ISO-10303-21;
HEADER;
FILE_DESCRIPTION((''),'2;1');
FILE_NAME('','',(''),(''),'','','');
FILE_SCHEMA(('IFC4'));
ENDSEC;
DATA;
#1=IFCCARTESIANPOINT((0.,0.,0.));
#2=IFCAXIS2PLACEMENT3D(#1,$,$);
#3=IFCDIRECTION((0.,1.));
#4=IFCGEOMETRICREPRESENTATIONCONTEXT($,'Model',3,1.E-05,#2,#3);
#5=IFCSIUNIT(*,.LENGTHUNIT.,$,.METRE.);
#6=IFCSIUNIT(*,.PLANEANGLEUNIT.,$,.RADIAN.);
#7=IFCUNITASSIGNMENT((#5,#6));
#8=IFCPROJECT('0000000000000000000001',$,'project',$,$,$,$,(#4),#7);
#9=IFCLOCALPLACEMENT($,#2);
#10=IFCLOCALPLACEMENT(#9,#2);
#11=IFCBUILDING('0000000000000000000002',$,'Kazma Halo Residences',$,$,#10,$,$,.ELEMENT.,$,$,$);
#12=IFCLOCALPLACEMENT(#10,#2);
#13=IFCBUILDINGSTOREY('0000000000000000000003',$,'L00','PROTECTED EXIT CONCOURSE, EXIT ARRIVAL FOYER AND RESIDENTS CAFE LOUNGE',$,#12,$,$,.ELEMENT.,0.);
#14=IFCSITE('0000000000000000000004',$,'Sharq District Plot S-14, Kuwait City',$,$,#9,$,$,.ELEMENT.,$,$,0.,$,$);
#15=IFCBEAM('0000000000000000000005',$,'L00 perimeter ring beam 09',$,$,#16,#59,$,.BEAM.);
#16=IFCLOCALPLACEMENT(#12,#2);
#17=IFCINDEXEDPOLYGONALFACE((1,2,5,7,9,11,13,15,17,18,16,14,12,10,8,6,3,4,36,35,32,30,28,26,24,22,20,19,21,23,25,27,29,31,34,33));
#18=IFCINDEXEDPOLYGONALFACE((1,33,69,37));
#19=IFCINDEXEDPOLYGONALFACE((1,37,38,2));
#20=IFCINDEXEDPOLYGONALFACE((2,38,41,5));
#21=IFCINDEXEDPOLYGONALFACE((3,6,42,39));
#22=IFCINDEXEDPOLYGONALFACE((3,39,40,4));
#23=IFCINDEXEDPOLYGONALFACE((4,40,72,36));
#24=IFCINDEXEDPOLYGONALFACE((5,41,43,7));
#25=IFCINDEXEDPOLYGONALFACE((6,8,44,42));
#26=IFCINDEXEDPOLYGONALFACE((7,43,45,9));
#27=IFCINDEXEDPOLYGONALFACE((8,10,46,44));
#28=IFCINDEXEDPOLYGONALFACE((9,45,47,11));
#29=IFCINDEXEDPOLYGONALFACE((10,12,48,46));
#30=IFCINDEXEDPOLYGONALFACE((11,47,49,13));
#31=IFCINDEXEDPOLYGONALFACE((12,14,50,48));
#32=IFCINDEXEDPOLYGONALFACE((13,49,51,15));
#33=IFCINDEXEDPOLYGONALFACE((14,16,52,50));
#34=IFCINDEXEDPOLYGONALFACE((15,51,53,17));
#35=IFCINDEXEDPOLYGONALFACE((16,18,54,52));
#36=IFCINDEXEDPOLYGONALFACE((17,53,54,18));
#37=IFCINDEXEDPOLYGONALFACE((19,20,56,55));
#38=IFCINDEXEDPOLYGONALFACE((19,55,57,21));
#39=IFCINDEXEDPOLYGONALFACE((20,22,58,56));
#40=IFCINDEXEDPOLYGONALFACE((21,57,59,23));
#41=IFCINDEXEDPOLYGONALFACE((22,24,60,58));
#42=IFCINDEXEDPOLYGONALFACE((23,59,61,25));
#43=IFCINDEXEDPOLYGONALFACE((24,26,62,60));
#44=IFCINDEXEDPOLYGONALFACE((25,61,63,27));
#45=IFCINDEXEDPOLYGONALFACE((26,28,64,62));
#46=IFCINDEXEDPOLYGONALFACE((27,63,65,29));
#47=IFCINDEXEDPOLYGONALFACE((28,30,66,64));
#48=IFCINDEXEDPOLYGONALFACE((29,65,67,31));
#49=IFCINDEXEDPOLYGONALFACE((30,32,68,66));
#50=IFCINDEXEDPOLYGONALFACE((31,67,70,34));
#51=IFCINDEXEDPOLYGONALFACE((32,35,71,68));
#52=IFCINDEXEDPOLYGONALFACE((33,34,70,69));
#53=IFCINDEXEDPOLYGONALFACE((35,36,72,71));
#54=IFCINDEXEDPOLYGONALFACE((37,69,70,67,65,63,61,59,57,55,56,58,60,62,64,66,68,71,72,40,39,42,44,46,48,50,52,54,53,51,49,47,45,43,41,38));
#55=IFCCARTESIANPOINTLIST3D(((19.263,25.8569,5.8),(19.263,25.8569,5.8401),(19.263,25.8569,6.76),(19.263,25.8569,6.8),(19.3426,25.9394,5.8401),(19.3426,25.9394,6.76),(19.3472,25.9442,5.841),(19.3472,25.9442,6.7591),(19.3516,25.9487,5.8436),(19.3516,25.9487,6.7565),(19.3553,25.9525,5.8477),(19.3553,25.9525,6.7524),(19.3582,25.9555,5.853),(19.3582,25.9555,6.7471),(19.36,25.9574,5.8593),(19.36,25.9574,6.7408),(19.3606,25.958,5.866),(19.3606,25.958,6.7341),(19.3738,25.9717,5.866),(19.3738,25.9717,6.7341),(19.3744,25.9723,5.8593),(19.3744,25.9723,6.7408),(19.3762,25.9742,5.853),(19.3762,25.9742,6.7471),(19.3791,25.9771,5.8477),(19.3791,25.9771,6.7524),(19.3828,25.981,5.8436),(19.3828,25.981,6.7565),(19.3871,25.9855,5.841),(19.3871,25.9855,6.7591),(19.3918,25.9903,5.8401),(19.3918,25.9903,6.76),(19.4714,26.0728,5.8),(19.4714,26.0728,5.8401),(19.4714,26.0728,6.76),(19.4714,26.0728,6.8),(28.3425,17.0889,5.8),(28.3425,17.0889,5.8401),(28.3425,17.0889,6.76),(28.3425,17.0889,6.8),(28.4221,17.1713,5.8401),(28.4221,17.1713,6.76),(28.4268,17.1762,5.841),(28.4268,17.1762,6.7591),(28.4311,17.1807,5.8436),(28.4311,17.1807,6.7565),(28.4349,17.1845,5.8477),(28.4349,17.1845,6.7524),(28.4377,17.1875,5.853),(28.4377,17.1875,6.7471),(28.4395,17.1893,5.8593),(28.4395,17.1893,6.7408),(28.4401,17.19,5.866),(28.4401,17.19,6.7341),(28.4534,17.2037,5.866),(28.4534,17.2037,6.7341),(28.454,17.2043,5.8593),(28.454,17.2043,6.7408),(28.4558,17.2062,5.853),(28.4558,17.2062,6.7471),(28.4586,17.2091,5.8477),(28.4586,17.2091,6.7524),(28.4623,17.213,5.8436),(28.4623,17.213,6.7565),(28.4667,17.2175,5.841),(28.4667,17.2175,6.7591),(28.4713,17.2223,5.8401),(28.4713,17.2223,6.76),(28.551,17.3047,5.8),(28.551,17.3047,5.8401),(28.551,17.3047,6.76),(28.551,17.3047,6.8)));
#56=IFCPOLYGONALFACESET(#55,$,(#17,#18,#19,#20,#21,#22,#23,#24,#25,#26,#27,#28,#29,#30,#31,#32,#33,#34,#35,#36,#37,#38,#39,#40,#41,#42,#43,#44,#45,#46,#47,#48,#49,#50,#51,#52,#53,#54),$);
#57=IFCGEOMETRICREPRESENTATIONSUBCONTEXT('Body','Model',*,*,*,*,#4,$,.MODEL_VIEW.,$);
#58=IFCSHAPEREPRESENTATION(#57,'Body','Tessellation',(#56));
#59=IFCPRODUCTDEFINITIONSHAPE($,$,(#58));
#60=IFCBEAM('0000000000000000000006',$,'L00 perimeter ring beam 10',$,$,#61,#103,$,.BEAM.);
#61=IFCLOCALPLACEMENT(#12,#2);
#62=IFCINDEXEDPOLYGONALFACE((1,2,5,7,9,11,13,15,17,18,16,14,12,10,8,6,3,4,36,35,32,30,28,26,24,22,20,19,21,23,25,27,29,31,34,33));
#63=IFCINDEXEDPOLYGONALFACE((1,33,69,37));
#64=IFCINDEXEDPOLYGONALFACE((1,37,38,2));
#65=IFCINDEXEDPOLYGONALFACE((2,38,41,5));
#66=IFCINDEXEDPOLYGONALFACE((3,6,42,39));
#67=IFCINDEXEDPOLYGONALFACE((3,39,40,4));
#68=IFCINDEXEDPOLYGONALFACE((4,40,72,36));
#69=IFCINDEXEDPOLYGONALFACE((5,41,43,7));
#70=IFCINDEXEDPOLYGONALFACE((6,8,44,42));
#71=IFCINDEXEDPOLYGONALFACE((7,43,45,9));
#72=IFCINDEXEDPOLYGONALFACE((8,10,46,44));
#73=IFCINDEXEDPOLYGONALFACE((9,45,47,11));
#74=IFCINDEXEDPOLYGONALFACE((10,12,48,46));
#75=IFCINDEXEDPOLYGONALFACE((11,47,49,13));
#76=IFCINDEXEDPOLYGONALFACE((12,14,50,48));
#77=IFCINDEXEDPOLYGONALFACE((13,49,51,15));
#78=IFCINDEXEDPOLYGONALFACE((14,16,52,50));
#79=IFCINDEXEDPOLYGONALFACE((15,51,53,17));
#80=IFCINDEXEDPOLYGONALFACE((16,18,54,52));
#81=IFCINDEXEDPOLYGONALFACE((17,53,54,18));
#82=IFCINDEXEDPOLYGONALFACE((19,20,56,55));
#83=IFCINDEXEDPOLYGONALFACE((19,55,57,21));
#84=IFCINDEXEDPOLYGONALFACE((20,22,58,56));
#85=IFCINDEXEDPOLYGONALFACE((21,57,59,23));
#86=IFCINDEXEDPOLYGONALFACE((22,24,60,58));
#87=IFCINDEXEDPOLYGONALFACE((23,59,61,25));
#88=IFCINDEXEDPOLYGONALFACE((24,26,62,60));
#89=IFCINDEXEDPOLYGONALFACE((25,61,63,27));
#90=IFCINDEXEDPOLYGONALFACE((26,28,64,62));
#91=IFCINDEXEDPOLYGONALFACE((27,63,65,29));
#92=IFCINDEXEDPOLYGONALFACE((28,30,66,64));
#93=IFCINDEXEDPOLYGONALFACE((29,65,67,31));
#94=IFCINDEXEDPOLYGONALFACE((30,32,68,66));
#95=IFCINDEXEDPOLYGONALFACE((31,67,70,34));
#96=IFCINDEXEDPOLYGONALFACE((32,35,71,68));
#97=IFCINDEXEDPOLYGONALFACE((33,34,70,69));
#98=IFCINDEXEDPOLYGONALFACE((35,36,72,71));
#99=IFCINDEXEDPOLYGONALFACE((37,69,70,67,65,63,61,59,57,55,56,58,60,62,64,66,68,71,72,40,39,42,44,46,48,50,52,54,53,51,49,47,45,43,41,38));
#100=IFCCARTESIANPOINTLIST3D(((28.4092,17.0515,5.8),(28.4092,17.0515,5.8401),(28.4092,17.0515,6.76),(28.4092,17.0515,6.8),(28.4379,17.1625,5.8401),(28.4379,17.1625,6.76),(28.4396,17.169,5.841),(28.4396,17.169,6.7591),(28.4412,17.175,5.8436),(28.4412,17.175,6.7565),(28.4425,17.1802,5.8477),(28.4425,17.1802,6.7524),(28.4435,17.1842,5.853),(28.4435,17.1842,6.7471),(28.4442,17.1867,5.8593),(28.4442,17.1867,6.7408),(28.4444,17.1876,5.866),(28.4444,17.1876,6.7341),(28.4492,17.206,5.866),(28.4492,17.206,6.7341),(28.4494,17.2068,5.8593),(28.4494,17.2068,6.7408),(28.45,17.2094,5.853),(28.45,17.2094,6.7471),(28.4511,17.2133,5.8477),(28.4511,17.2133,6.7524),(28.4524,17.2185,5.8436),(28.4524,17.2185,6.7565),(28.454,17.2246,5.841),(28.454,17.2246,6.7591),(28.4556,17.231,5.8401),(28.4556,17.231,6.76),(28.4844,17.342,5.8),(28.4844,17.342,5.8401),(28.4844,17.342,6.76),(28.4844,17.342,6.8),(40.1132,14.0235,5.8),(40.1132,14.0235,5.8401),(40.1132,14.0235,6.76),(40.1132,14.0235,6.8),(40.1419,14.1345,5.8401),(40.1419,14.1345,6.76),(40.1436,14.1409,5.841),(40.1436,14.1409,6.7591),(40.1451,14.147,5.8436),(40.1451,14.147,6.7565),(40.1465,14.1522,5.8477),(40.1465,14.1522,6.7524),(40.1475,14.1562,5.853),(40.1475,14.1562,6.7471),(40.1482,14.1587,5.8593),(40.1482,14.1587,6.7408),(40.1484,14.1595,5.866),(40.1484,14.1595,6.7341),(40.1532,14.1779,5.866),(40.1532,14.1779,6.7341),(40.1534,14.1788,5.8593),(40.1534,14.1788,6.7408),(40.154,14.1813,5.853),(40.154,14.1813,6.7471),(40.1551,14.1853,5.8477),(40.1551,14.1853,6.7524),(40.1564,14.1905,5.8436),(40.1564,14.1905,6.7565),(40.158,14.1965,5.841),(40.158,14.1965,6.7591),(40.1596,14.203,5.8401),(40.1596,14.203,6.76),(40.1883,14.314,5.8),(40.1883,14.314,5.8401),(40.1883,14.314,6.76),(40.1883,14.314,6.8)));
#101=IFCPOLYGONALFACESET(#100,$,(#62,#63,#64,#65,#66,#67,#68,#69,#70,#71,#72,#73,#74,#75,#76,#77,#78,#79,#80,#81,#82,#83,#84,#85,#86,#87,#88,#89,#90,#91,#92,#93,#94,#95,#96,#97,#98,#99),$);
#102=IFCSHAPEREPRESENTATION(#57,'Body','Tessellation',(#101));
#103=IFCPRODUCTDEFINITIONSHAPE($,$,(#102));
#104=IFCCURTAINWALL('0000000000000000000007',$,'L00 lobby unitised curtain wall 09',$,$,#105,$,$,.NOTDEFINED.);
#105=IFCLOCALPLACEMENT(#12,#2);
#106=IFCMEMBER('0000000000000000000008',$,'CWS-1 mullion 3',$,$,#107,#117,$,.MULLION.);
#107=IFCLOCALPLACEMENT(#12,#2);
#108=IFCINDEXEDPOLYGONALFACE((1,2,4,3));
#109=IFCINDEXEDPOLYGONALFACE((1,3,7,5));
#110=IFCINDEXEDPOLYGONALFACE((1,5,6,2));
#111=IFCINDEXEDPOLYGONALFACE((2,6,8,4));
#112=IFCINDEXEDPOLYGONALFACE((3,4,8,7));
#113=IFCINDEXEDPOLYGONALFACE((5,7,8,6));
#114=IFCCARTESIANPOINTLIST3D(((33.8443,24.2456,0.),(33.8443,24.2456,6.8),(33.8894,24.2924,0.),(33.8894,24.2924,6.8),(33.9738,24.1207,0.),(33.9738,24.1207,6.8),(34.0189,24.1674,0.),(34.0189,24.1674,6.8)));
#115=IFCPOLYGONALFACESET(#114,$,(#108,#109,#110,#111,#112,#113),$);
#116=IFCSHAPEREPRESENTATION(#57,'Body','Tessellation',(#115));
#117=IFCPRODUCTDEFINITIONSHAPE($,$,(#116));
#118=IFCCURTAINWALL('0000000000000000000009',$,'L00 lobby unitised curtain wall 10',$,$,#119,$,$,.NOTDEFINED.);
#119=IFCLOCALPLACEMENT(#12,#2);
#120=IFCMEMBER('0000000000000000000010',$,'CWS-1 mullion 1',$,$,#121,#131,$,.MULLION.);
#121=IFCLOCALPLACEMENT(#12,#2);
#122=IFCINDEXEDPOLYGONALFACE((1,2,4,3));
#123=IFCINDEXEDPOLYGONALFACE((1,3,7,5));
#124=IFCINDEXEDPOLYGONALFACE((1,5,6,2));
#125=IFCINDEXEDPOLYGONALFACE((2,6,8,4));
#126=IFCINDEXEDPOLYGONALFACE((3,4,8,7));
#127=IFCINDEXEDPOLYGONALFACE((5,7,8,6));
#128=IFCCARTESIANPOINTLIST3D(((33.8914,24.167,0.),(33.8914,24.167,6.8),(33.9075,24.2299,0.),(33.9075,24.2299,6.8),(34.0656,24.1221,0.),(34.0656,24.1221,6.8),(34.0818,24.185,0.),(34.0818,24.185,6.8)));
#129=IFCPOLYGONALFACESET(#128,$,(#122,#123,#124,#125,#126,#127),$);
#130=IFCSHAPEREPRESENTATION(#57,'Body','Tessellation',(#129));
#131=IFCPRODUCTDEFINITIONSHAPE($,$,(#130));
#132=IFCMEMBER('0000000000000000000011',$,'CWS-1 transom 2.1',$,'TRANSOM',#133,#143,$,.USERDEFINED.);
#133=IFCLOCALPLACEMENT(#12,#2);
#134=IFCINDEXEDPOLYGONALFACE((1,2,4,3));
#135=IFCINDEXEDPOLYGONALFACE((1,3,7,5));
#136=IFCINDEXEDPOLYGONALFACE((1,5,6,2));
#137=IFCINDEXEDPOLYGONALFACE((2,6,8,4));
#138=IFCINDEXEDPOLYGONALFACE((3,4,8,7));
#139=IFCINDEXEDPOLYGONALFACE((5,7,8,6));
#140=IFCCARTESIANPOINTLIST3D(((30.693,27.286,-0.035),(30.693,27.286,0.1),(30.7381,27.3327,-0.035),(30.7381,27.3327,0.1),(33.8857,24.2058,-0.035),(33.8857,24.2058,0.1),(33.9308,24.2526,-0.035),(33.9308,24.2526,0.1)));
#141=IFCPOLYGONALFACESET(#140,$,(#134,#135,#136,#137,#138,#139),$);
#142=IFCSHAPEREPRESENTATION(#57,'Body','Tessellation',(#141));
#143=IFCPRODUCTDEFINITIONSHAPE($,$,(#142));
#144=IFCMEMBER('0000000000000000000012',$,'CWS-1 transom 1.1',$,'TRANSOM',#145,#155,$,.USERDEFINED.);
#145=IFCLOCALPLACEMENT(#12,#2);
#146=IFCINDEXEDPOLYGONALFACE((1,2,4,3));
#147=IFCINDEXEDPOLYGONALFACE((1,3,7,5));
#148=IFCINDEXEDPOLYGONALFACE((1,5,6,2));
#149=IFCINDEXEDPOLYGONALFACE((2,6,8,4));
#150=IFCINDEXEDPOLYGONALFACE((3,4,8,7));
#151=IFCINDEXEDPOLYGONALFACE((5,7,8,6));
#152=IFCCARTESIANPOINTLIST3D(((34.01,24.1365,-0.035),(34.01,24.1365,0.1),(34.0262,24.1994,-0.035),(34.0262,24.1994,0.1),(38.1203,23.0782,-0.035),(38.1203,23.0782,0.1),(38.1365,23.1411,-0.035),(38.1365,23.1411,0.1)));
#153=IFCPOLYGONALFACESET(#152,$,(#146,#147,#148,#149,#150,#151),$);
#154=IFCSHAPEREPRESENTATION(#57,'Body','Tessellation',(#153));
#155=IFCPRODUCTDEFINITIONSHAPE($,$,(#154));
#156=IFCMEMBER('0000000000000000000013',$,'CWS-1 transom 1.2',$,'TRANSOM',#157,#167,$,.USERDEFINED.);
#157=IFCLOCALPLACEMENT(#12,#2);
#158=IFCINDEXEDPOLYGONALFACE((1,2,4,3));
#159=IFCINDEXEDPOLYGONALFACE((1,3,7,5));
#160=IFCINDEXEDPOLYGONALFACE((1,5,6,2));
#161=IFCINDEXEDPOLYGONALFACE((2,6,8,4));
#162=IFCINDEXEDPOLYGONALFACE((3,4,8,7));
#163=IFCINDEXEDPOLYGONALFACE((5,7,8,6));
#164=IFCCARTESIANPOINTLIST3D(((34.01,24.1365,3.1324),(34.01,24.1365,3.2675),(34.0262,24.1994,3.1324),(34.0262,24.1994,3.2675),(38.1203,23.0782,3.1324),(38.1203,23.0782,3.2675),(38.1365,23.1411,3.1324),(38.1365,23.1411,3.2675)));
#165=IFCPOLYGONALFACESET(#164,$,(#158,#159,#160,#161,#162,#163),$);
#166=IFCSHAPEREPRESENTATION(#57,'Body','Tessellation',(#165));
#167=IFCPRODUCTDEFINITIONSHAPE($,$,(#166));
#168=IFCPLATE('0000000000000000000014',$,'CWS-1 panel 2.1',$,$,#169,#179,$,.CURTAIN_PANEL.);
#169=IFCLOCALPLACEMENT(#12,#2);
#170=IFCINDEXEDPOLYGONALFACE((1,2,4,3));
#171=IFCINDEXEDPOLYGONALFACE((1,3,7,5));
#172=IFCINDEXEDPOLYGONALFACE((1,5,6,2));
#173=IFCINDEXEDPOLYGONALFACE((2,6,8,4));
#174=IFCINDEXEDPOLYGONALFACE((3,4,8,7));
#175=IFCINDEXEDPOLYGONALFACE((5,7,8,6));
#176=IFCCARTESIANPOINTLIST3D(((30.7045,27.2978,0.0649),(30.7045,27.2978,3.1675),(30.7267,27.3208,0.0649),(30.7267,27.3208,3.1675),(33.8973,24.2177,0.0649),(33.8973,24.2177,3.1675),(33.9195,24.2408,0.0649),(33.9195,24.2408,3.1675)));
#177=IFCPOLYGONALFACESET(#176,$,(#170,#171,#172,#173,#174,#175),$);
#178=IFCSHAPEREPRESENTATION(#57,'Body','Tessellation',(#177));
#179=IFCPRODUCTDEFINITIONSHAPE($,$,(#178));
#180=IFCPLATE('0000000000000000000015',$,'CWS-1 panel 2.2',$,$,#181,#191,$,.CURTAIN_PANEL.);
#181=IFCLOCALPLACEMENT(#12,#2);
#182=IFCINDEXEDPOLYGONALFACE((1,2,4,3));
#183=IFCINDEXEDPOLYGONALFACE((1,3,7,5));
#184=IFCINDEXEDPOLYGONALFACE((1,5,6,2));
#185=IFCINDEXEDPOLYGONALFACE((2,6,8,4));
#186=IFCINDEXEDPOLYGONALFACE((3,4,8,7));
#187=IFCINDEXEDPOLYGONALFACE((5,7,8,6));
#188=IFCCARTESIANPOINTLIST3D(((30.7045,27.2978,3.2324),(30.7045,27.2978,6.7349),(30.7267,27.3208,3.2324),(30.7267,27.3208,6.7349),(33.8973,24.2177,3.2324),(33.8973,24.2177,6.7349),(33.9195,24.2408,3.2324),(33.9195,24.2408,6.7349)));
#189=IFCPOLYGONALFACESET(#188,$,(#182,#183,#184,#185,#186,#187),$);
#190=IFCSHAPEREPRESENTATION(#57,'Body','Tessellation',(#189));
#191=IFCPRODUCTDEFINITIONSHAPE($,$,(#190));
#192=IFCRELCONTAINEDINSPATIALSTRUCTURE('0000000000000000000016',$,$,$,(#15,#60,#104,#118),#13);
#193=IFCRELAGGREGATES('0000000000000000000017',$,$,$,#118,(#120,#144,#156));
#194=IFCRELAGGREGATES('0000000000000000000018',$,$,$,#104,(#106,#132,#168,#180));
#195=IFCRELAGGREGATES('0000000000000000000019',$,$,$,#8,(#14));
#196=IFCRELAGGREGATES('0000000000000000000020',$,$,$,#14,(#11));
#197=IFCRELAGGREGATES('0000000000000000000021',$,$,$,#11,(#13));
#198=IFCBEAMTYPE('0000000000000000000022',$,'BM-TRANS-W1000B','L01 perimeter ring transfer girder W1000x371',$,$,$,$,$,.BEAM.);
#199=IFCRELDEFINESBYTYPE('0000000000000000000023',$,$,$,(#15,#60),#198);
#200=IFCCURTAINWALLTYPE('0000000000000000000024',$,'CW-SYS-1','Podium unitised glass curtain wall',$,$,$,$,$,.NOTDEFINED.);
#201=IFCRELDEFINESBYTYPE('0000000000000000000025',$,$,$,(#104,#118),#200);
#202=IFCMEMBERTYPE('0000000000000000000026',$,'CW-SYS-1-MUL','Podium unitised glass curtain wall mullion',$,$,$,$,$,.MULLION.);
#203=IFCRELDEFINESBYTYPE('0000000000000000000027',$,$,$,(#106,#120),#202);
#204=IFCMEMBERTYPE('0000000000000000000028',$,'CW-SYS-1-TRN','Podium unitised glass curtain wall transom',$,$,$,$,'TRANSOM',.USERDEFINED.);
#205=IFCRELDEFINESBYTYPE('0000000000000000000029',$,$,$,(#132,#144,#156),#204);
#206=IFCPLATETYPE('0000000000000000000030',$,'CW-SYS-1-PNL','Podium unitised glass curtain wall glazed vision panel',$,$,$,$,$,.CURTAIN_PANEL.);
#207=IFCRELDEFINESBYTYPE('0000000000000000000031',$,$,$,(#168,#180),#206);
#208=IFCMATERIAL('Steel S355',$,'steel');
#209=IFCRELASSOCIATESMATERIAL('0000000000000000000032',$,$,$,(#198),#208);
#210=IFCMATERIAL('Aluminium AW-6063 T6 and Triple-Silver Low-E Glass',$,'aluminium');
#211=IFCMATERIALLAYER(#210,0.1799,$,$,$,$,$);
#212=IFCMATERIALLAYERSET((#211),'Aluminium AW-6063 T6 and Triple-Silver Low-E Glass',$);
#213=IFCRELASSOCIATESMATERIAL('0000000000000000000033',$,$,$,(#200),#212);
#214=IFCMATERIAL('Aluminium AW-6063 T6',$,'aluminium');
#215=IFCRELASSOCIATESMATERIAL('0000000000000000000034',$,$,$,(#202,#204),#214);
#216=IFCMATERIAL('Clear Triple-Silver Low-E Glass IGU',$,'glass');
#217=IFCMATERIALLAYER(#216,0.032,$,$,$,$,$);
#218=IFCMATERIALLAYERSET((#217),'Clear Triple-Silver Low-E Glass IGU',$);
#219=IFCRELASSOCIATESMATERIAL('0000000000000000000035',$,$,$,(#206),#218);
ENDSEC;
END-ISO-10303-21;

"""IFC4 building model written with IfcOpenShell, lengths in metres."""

from ifc_helpers import new_model, si_unit, direction, frame, origin, origin_2d, place, context, subcontext, project, spatial, rectangle, i_section, extrude, material, layer, layer_set, material_profile, profile_set, type_object, element, aggregate, save


model = new_model("IFC4")

# Units and contexts
model_context = context("Model", 3, precision=1e-05, world=origin(), true_north=direction((0.0, 1.0)))
body_context = subcontext(model_context, "Body", "Model", "MODEL_VIEW")
ifc_project = project(units=[si_unit("LENGTHUNIT", "METRE"), si_unit("PLANEANGLEUNIT", "RADIAN")], contexts=[model_context])

# Site, building, storey
site_placement = place(None, origin())
site = spatial("IfcSite", under=ifc_project, at=site_placement, Name="Sharq District Plot S-14, Kuwait City", CompositionType="ELEMENT", RefElevation=0.0)
building_placement = place(site_placement, origin())
building = spatial("IfcBuilding", under=site, at=building_placement, Name="Kazma Halo Residences", CompositionType="ELEMENT")
storey_placement = place(building_placement, origin())
storey = spatial("IfcBuildingStorey", under=building, at=storey_placement, Name="L00", Description="PROTECTED EXIT CONCOURSE, EXIT ARRIVAL FOYER AND RESIDENTS CAFE LOUNGE", CompositionType="ELEMENT", Elevation=0.0)

# Beams
ifc_material_1 = material(Name="Steel S355", Category="steel")
ifc_material_profile_1 = material_profile(ifc_material_1, i_section(OverallWidth=0.3, OverallDepth=1.0, WebThickness=0.019, FlangeThickness=0.04, FilletRadius=0.0259, at=origin_2d()), Name="W1000x371")
ifc_profile_set_1 = profile_set([ifc_material_profile_1], Name="Steel S355")
beam_type_1 = type_object("IfcBeamType", Name="BM-TRANS-W1000B", Description="L01 perimeter ring transfer girder W1000x371", PredefinedType="BEAM", material=ifc_profile_set_1)
beam_1_placement = place(storey_placement, frame((19.3672, 25.9648, 6.3), z_axis=(0.719339, -0.694659, 0.0), x_axis=(0.694659, 0.719339, 0.0)))
element("IfcBeam", 1, at=beam_1_placement, inside=storey, type_object=beam_type_1, Name="L00 perimeter ring beam 09", PredefinedType="BEAM", context=body_context, shape_type="SweptSolid", body=[
    extrude(i_section(OverallWidth=0.3, OverallDepth=1.0, WebThickness=0.019, FlangeThickness=0.04, FilletRadius=0.0259, at=origin_2d()), origin(), (0.0, 0.0, 1.0), 12.6221),
])
beam_2_placement = place(storey_placement, frame((28.4468, 17.1968, 6.3), z_axis=(0.968124, -0.250472, 0.0), x_axis=(0.250472, 0.968124, 0.0)))
element("IfcBeam", 2, at=beam_2_placement, inside=storey, type_object=beam_type_1, Name="L00 perimeter ring beam 10", PredefinedType="BEAM", context=body_context, shape_type="SweptSolid", body=[
    extrude(i_section(OverallWidth=0.3, OverallDepth=1.0, WebThickness=0.019, FlangeThickness=0.04, FilletRadius=0.0259, at=origin_2d()), origin(), (0.0, 0.0, 1.0), 12.0894),
])

# Curtain walls, members
ifc_material_2 = material(Name="Aluminium AW-6063 T6 and Triple-Silver Low-E Glass", Category="aluminium")
ifc_layer_1 = layer(ifc_material_2, 0.1799)
ifc_layer_set_1 = layer_set([ifc_layer_1], Name="Aluminium AW-6063 T6 and Triple-Silver Low-E Glass")
curtain_wall_type = type_object("IfcCurtainWallType", Name="CW-SYS-1", Description="Podium unitised glass curtain wall", PredefinedType="NOTDEFINED", material=ifc_layer_set_1)
curtain_wall_1_placement = place(storey_placement, origin())
curtain_wall_1 = element("IfcCurtainWall", 3, at=curtain_wall_1_placement, inside=storey, type_object=curtain_wall_type, Name="L00 lobby unitised curtain wall 09", PredefinedType="NOTDEFINED")
ifc_material_3 = material(Name="Aluminium AW-6063 T6", Category="aluminium")
ifc_material_profile_2 = material_profile(ifc_material_3, rectangle(XDim=0.0649, YDim=0.1799, at=origin_2d()), Name="CWM-65x180")
ifc_profile_set_2 = profile_set([ifc_material_profile_2], Name="Aluminium AW-6063 T6")
member_type_1 = type_object("IfcMemberType", Name="CW-SYS-1-MUL", Description="Podium unitised glass curtain wall mullion", PredefinedType="MULLION", material=ifc_profile_set_2)
member_1_placement = place(storey_placement, frame((33.9316, 24.2065, 0.0), z_axis=(0.0, 0.0, 1.0), x_axis=(0.694294, 0.719692, 0.0)))
member_1 = element("IfcMember", 4, at=member_1_placement, type_object=member_type_1, Name="CWS-1 mullion 3", PredefinedType="MULLION", context=body_context, shape_type="SweptSolid", body=[
    extrude(rectangle(XDim=0.0649, YDim=0.1799, at=origin_2d()), origin(), (0.0, 0.0, 1.0), 6.8),
])
curtain_wall_2_placement = place(storey_placement, origin())
curtain_wall_2 = element("IfcCurtainWall", 5, at=curtain_wall_2_placement, inside=storey, type_object=curtain_wall_type, Name="L00 lobby unitised curtain wall 10", PredefinedType="NOTDEFINED")
member_2_placement = place(storey_placement, frame((33.9866, 24.176, 0.0), z_axis=(0.0, 0.0, 1.0), x_axis=(0.249347, 0.968414, 0.0)))
member_2 = element("IfcMember", 6, at=member_2_placement, type_object=member_type_1, Name="CWS-1 mullion 1", PredefinedType="MULLION", context=body_context, shape_type="SweptSolid", body=[
    extrude(rectangle(XDim=0.0649, YDim=0.1799, at=origin_2d()), origin(), (0.0, 0.0, 1.0), 6.8),
])

# Members
ifc_material_profile_3 = material_profile(ifc_material_3, rectangle(XDim=0.0649, YDim=0.135, at=origin_2d()), Name="CWT-65x135")
ifc_profile_set_3 = profile_set([ifc_material_profile_3], Name="Aluminium AW-6063 T6")
member_type_2 = type_object("IfcMemberType", Name="CW-SYS-1-TRN", Description="Podium unitised glass curtain wall transom", ElementType="TRANSOM", PredefinedType="USERDEFINED", material=ifc_profile_set_3)
member_3_placement = place(storey_placement, frame((30.7156, 27.3093, 0.0325), z_axis=(0.719678, -0.694308, 0.0), x_axis=(0.694308, 0.719678, 0.0)))
member_3 = element("IfcMember", 7, at=member_3_placement, type_object=member_type_2, Name="CWS-1 transom 2.1", ObjectType="TRANSOM", PredefinedType="USERDEFINED", context=body_context, shape_type="SweptSolid", body=[
    extrude(rectangle(XDim=0.0649, YDim=0.135, at=origin_2d()), origin(), (0.0, 0.0, 1.0), 4.4363),
])
member_4_placement = place(storey_placement, frame((34.0181, 24.168, 0.0325), z_axis=(0.968413, -0.249351, 0.0), x_axis=(0.249351, 0.968413, 0.0)))
member_4 = element("IfcMember", 8, at=member_4_placement, type_object=member_type_2, Name="CWS-1 transom 1.1", ObjectType="TRANSOM", PredefinedType="USERDEFINED", context=body_context, shape_type="SweptSolid", body=[
    extrude(rectangle(XDim=0.0649, YDim=0.135, at=origin_2d()), origin(), (0.0, 0.0, 1.0), 4.2444),
])
member_5_placement = place(storey_placement, frame((34.0181, 24.168, 3.2), z_axis=(0.968413, -0.249351, 0.0), x_axis=(0.249351, 0.968413, 0.0)))
member_5 = element("IfcMember", 9, at=member_5_placement, type_object=member_type_2, Name="CWS-1 transom 1.2", ObjectType="TRANSOM", PredefinedType="USERDEFINED", context=body_context, shape_type="SweptSolid", body=[
    extrude(rectangle(XDim=0.0649, YDim=0.135, at=origin_2d()), origin(), (0.0, 0.0, 1.0), 4.2444),
])
aggregate(curtain_wall_2, [member_2, member_4, member_5])

# Plates
ifc_material_4 = material(Name="Clear Triple-Silver Low-E Glass IGU", Category="glass")
ifc_layer_2 = layer(ifc_material_4, 0.032)
ifc_layer_set_2 = layer_set([ifc_layer_2], Name="Clear Triple-Silver Low-E Glass IGU")
plate_type_1 = type_object("IfcPlateType", Name="CW-SYS-1-PNL", Description="Podium unitised glass curtain wall glazed vision panel", PredefinedType="CURTAIN_PANEL", material=ifc_layer_set_2)
plate_1_placement = place(storey_placement, frame((32.312, 25.7693, 0.0649), z_axis=(0.0, 0.0, 1.0), x_axis=(0.719692, -0.694294, 0.0)))
plate_1 = element("IfcPlate", 10, at=plate_1_placement, type_object=plate_type_1, Name="CWS-1 panel 2.1", PredefinedType="CURTAIN_PANEL", context=body_context, shape_type="SweptSolid", body=[
    extrude(rectangle(XDim=4.4363, YDim=0.032, at=origin_2d()), origin(), (0.0, 0.0, 1.0), 3.1025),
])
plate_2_placement = place(storey_placement, frame((32.312, 25.7693, 3.2324), z_axis=(0.0, 0.0, 1.0), x_axis=(0.719692, -0.694294, 0.0)))
plate_2 = element("IfcPlate", 11, at=plate_2_placement, type_object=plate_type_1, Name="CWS-1 panel 2.2", PredefinedType="CURTAIN_PANEL", context=body_context, shape_type="SweptSolid", body=[
    extrude(rectangle(XDim=4.4363, YDim=0.032, at=origin_2d()), origin(), (0.0, 0.0, 1.0), 3.5024),
])
aggregate(curtain_wall_1, [member_1, member_3, plate_1, plate_2])

save(model, "model.ifc")
